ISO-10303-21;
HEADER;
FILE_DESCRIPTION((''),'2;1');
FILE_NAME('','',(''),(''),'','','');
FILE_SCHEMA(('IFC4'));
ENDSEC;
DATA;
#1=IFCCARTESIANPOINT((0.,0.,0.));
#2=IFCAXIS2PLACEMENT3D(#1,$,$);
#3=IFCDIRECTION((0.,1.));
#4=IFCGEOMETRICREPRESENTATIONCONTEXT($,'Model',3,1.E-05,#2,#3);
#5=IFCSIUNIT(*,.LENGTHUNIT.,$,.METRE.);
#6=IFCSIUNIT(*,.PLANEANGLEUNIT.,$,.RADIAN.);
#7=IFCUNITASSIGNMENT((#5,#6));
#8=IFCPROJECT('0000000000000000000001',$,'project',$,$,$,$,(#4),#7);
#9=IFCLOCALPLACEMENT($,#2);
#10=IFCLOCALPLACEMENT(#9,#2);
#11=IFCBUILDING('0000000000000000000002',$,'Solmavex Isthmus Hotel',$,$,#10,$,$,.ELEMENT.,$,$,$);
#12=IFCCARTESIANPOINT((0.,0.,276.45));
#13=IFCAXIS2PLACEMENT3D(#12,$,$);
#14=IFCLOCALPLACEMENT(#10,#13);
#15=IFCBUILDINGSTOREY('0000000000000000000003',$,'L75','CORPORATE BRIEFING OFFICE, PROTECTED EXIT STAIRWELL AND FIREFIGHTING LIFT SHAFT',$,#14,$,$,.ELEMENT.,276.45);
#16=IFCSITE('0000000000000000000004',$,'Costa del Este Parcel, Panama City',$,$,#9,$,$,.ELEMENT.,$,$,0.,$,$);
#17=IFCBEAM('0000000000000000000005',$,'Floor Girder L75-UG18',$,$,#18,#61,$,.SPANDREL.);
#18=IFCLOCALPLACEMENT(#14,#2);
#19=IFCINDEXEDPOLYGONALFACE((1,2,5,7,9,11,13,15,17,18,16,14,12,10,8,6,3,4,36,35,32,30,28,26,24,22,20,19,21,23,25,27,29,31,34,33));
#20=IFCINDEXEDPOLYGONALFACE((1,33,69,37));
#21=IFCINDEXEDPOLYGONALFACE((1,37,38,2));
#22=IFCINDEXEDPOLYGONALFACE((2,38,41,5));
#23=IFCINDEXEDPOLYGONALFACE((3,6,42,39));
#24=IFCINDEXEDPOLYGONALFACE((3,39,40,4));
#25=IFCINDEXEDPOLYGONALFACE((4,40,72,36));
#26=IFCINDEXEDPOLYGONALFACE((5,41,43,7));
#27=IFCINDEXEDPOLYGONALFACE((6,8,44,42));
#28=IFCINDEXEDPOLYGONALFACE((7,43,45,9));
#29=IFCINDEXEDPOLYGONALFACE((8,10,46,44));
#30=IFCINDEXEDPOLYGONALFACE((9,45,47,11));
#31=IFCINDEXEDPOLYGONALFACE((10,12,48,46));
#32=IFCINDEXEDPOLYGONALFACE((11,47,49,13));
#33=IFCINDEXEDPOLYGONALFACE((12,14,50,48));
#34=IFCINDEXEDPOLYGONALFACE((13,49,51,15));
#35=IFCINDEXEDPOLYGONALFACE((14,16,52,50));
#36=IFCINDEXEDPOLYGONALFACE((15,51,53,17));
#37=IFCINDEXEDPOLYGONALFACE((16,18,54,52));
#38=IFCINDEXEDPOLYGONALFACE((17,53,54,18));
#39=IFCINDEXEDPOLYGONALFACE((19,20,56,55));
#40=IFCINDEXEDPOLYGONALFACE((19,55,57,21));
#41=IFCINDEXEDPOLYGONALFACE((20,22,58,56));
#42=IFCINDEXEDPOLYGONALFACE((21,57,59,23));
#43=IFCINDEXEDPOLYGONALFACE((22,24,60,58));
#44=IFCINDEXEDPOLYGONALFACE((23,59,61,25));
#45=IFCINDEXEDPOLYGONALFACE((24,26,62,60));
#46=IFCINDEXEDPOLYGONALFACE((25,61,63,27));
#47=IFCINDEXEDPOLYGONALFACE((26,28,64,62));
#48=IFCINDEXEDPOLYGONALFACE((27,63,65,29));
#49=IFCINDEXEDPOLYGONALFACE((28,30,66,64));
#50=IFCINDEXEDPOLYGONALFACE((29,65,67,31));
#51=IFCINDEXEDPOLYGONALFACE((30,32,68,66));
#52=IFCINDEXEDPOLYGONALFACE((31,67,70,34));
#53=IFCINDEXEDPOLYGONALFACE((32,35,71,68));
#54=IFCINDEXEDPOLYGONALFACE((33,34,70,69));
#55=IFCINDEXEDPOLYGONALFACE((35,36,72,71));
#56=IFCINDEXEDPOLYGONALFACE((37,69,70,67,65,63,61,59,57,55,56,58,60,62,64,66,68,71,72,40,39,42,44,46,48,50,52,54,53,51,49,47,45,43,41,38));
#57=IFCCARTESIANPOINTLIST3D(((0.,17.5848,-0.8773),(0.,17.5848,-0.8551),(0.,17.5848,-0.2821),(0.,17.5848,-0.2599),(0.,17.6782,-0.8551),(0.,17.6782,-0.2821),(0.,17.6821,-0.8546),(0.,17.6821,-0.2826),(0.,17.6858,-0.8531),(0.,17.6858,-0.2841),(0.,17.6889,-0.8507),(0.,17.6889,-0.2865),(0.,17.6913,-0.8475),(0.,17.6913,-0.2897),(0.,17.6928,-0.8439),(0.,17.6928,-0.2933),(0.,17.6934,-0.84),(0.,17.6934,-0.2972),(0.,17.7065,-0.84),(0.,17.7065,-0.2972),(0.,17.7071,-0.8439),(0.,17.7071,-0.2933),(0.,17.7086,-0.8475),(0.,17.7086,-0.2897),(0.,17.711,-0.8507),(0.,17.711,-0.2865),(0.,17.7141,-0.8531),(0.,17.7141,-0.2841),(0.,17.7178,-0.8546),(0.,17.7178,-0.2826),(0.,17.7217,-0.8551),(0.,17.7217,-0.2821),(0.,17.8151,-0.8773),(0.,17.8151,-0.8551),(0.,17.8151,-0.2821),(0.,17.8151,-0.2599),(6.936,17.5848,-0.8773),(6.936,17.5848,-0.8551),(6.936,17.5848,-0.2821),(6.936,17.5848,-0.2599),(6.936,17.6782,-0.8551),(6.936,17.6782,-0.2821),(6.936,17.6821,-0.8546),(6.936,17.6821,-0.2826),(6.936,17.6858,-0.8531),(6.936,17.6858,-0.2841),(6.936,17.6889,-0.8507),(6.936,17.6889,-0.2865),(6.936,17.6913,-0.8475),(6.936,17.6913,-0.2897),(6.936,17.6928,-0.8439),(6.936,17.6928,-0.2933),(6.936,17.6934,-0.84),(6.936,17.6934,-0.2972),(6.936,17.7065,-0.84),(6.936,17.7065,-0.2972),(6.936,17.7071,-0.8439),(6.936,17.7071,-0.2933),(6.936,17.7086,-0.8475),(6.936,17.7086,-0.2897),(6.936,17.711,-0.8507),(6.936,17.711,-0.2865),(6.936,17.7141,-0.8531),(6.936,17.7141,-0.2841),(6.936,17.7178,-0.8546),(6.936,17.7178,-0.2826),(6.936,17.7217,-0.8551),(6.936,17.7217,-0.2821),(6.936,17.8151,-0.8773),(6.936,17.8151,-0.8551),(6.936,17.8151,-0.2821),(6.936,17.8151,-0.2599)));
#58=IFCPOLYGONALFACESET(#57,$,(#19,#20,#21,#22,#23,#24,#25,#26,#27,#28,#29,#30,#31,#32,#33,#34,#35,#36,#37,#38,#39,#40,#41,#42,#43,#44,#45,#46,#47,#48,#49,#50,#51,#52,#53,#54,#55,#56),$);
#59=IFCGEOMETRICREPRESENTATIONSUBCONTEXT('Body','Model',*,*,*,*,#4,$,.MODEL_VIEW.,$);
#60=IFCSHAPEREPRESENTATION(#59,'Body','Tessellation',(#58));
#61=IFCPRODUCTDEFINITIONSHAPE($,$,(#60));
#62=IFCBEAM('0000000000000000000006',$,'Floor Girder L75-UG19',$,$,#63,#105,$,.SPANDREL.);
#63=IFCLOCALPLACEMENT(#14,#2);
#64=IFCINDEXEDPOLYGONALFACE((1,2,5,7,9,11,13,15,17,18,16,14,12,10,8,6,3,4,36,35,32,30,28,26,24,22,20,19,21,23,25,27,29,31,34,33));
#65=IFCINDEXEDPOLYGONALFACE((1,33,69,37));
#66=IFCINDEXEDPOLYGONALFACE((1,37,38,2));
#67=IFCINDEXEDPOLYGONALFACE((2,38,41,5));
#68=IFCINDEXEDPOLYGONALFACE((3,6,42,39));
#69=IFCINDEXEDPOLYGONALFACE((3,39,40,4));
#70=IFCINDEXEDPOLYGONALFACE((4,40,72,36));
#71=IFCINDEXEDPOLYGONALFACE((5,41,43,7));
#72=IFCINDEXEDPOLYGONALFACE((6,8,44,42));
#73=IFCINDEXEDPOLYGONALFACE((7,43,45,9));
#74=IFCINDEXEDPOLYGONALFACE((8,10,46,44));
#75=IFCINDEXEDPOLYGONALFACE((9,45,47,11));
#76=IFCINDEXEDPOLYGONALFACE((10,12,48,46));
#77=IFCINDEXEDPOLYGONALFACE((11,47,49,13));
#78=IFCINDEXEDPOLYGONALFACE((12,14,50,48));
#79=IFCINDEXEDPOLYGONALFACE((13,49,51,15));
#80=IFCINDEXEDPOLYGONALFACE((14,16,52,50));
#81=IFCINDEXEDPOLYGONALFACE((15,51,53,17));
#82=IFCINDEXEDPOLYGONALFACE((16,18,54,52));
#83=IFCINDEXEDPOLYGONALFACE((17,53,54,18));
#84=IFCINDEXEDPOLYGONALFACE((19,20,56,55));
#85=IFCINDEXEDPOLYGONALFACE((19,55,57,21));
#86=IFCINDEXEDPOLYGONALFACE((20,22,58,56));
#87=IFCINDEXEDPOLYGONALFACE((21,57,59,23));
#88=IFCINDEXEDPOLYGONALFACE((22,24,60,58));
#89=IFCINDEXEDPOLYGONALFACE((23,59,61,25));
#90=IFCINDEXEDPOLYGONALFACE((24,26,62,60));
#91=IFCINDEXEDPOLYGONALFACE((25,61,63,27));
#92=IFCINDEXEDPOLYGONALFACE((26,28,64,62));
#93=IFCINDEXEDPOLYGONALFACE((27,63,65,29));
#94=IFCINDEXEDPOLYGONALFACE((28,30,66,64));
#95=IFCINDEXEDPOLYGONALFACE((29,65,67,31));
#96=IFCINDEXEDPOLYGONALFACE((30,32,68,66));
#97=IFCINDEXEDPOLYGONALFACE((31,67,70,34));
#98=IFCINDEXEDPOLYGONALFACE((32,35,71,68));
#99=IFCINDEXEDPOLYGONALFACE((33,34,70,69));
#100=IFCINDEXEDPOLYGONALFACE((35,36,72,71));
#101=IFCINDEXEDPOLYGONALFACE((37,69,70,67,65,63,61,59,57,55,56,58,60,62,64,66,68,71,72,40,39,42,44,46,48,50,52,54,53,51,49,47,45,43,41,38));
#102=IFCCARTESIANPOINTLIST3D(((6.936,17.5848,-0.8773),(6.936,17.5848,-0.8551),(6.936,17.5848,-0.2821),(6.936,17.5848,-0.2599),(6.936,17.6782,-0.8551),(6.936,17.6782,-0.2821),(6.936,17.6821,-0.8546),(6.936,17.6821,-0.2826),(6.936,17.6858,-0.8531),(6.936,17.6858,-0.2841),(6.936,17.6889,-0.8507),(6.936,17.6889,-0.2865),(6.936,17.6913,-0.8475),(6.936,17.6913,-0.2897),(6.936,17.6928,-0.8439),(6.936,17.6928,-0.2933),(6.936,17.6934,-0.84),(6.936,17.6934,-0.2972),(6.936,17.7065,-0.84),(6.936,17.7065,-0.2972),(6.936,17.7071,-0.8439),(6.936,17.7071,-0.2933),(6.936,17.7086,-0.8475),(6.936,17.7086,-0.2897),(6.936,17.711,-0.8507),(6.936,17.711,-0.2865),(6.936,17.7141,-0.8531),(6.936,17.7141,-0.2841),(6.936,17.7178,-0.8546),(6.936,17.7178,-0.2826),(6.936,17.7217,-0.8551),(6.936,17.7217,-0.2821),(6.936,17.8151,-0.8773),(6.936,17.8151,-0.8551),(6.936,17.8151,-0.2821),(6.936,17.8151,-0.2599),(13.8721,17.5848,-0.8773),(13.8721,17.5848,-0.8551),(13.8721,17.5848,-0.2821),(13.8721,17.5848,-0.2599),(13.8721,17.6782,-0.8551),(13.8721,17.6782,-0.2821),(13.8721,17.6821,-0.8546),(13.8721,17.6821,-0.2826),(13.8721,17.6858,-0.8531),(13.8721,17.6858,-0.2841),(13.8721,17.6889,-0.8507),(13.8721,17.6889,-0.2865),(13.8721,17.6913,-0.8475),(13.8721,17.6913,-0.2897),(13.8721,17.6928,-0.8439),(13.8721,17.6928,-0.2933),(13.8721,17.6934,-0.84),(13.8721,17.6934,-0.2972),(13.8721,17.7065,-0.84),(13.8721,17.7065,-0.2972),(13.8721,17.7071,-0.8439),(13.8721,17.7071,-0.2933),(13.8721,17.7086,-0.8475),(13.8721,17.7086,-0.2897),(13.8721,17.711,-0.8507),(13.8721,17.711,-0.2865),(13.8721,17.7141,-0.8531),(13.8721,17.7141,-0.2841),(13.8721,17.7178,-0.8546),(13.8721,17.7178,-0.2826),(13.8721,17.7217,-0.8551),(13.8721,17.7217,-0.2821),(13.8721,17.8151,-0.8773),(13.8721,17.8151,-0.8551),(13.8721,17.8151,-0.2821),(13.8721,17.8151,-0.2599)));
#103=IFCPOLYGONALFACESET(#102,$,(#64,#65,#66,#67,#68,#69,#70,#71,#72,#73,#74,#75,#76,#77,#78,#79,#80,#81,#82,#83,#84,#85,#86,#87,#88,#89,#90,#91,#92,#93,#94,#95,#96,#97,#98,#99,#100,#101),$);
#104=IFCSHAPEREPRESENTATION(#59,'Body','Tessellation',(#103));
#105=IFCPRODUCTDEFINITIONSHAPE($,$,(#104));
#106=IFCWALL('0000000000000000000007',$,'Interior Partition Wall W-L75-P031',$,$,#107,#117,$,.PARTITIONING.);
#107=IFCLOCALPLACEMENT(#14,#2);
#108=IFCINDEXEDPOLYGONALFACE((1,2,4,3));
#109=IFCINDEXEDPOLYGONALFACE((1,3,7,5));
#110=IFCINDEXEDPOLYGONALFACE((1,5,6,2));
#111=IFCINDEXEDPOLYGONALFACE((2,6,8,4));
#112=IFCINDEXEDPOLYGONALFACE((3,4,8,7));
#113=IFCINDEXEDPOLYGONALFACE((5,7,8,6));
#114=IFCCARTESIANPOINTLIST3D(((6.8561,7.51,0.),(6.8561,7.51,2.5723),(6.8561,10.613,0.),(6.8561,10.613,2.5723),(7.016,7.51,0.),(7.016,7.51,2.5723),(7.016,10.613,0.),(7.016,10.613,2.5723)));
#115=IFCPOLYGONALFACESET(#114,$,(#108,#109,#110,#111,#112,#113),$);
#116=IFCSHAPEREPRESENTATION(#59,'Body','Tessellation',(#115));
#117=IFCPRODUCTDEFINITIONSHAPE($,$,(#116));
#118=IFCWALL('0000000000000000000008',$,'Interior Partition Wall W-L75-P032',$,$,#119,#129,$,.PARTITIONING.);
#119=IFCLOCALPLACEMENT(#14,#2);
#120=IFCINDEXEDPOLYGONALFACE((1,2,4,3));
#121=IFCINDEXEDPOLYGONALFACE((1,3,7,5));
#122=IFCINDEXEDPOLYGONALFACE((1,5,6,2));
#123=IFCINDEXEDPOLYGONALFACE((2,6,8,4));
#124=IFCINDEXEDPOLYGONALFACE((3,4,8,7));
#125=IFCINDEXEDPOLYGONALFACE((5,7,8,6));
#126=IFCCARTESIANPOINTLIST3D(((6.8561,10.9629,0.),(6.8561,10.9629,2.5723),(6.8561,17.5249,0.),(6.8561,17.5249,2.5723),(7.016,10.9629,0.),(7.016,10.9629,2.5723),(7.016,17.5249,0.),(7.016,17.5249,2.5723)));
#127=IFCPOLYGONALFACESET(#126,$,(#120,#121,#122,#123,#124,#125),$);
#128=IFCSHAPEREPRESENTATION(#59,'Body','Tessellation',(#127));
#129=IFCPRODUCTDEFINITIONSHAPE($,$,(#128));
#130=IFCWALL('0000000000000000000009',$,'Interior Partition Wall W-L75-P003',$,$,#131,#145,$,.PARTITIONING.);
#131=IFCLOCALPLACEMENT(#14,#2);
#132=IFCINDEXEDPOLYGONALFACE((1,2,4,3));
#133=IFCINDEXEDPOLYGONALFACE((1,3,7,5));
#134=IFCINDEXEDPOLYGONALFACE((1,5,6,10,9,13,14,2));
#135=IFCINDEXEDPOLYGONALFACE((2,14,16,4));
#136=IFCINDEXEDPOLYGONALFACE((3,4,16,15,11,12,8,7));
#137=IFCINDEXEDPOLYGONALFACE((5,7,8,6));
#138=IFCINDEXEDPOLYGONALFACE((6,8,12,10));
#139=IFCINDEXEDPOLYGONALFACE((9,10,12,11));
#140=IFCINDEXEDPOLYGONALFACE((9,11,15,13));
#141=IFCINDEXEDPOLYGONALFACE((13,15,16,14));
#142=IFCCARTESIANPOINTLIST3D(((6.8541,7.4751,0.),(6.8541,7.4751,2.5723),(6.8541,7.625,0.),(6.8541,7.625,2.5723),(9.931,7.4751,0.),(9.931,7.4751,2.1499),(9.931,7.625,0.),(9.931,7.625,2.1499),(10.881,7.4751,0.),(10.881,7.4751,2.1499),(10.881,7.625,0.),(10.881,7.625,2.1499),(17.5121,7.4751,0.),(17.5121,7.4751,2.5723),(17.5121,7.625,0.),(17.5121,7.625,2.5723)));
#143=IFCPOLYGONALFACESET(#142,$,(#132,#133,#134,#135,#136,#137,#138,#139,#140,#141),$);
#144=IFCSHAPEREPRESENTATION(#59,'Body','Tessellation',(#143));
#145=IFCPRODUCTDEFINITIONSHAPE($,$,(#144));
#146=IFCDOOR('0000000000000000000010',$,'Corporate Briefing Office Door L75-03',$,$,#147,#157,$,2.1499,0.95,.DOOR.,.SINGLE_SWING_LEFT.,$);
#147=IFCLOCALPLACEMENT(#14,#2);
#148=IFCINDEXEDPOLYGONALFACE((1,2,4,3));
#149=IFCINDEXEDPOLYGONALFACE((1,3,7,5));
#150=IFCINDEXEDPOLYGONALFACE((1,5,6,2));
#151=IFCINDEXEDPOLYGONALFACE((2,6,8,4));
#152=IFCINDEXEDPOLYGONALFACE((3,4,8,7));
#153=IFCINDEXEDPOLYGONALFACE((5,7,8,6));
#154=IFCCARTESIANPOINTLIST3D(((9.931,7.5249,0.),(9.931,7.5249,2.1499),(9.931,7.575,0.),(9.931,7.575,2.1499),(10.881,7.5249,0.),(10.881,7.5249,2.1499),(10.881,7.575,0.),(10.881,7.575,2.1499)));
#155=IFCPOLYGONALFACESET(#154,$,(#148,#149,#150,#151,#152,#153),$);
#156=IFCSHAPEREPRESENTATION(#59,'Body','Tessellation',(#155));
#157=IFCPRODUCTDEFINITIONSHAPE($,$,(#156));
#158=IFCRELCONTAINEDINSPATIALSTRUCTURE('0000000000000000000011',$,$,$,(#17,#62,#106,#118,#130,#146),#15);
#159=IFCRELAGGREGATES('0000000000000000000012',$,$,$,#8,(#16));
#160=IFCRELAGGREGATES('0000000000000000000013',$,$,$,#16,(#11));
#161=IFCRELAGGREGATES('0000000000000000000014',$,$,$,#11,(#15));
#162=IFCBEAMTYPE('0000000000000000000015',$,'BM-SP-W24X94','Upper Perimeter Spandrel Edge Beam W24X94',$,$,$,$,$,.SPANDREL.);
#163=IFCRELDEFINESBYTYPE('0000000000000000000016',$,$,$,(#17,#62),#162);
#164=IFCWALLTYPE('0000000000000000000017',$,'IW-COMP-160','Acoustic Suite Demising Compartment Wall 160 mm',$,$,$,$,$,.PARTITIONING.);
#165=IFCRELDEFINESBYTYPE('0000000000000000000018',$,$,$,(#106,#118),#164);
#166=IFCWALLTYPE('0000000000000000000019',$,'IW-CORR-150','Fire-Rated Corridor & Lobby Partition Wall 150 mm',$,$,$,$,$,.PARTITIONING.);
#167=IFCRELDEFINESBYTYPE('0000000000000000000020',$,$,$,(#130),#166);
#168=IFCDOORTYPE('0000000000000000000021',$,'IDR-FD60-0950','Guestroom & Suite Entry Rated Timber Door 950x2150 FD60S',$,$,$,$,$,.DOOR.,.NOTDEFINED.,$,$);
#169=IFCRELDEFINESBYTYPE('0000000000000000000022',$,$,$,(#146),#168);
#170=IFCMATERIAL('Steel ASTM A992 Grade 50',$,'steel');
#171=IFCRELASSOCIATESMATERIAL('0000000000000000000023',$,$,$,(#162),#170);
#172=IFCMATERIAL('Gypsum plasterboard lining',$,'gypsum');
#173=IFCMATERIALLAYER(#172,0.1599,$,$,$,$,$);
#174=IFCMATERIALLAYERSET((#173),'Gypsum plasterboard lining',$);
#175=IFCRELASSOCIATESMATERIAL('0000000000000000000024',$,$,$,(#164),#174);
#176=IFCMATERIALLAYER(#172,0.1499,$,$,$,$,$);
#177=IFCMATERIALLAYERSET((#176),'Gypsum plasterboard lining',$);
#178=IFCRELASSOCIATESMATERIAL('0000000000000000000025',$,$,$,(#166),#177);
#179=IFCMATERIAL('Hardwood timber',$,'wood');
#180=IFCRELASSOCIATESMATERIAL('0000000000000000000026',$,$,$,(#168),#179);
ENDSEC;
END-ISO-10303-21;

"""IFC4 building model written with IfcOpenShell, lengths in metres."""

from ifc_helpers import new_model, si_unit, direction, frame, frame_2d, origin, origin_2d, place, context, subcontext, project, spatial, rectangle, i_section, extrude, material, layer, layer_set, material_profile, profile_set, type_object, element, fill, save


model = new_model("IFC4")

# Units and contexts
model_context = context("Model", 3, precision=1e-05, world=origin(), true_north=direction((0.0, 1.0)))
body_context = subcontext(model_context, "Body", "Model", "MODEL_VIEW")
ifc_project = project(units=[si_unit("LENGTHUNIT", "METRE"), si_unit("PLANEANGLEUNIT", "RADIAN")], contexts=[model_context])

# Site, building, storey
site_placement = place(None, origin())
site = spatial("IfcSite", under=ifc_project, at=site_placement, Name="Costa del Este Parcel, Panama City", CompositionType="ELEMENT", RefElevation=0.0)
building_placement = place(site_placement, origin())
building = spatial("IfcBuilding", under=site, at=building_placement, Name="Solmavex Isthmus Hotel", CompositionType="ELEMENT")
storey_placement = place(building_placement, frame((0.0, 0.0, 276.45)))
storey = spatial("IfcBuildingStorey", under=building, at=storey_placement, Name="L75", Description="CORPORATE BRIEFING OFFICE, PROTECTED EXIT STAIRWELL AND FIREFIGHTING LIFT SHAFT", CompositionType="ELEMENT", Elevation=276.45)

# Beams
ifc_material_1 = material(Name="Steel ASTM A992 Grade 50", Category="steel")
ifc_material_profile_1 = material_profile(ifc_material_1, i_section(OverallWidth=0.2302, OverallDepth=0.6174, WebThickness=0.0132, FlangeThickness=0.0222, FilletRadius=0.0151, at=origin_2d()), Name="W24X94")
ifc_profile_set_1 = profile_set([ifc_material_profile_1], Name="Steel ASTM A992 Grade 50")
beam_type_1 = type_object("IfcBeamType", Name="BM-SP-W24X94", Description="Upper Perimeter Spandrel Edge Beam W24X94", PredefinedType="SPANDREL", material=ifc_profile_set_1)
for number, where, z_axis, x_axis, name in (
    (1, (0.0, 17.7, -0.5686), (1.0, 0.0, 0.0), (0.0, 1.0, 0.0), "Floor Girder L75-UG18"),
    (2, (6.936, 17.7, -0.5686), (1.0, 0.0, 0.0), (0.0, 1.0, 0.0), "Floor Girder L75-UG19"),
):
    element("IfcBeam", number, at=place(storey_placement, frame(where, z_axis=z_axis, x_axis=x_axis)), inside=storey, type_object=beam_type_1, Name=name, PredefinedType="SPANDREL", context=body_context, shape_type="SweptSolid", body=[
        extrude(i_section(OverallWidth=0.2302, OverallDepth=0.6174, WebThickness=0.0132, FlangeThickness=0.0222, FilletRadius=0.0151, at=origin_2d()), origin(), (0.0, 0.0, 1.0), 6.936),
    ])

# Walls
ifc_material_2 = material(Name="Gypsum plasterboard lining", Category="gypsum")
ifc_layer_1 = layer(ifc_material_2, 0.1599)
ifc_layer_set_1 = layer_set([ifc_layer_1], Name="Gypsum plasterboard lining")
wall_type_1 = type_object("IfcWallType", Name="IW-COMP-160", Description="Acoustic Suite Demising Compartment Wall 160 mm", PredefinedType="PARTITIONING", material=ifc_layer_set_1)
wall_1_placement = place(storey_placement, frame((6.936, 10.613, 0.0), z_axis=(0.0, 0.0, 1.0), x_axis=(0.0, -1.0, 0.0)))
element("IfcWall", 3, at=wall_1_placement, inside=storey, type_object=wall_type_1, Name="Interior Partition Wall W-L75-P031", PredefinedType="PARTITIONING", context=body_context, shape_type="SweptSolid", body=[
    extrude(rectangle(XDim=3.103, YDim=0.1599, at=frame_2d((1.5515, 0.0))), origin(), (0.0, 0.0, 1.0), 2.5723),
])
wall_2_placement = place(storey_placement, frame((6.936, 17.5249, 0.0), z_axis=(0.0, 0.0, 1.0), x_axis=(0.0, -1.0, 0.0)))
element("IfcWall", 4, at=wall_2_placement, inside=storey, type_object=wall_type_1, Name="Interior Partition Wall W-L75-P032", PredefinedType="PARTITIONING", context=body_context, shape_type="SweptSolid", body=[
    extrude(rectangle(XDim=6.562, YDim=0.1599, at=frame_2d((3.281, 0.0))), origin(), (0.0, 0.0, 1.0), 2.5723),
])

# Wall, opening, door
ifc_layer_2 = layer(ifc_material_2, 0.1499)
ifc_layer_set_2 = layer_set([ifc_layer_2], Name="Gypsum plasterboard lining")
wall_type_2 = type_object("IfcWallType", Name="IW-CORR-150", Description="Fire-Rated Corridor & Lobby Partition Wall 150 mm", PredefinedType="PARTITIONING", material=ifc_layer_set_2)
wall_3_placement = place(storey_placement, frame((6.854, 7.55, 0.0), z_axis=(0.0, 0.0, 1.0), x_axis=(1.0, 0.0, 0.0)))
wall_3 = element("IfcWall", 5, at=wall_3_placement, inside=storey, type_object=wall_type_2, Name="Interior Partition Wall W-L75-P003", PredefinedType="PARTITIONING", context=body_context, shape_type="SweptSolid", body=[
    extrude(rectangle(XDim=10.658, YDim=0.1499, at=frame_2d((5.3291, 0.0))), origin(), (0.0, 0.0, 1.0), 2.5723),
])
opening_placement = place(wall_3_placement, frame((3.0769, 0.0, 0.0)))
opening = element("IfcOpeningElement", 6, at=opening_placement, cuts=wall_3, PredefinedType="OPENING", context=body_context, shape_type="SweptSolid", body=[
    extrude(rectangle(XDim=0.95, YDim=2.1499, at=frame_2d((0.4751, 1.075))), frame((0.0, 0.085, 0.0), z_axis=(0.0, -1.0, 0.0), x_axis=(1.0, 0.0, 0.0)), (0.0, 0.0, 1.0), 0.1699),
])
ifc_material_3 = material(Name="Hardwood timber", Category="wood")
door_type = type_object("IfcDoorType", Name="IDR-FD60-0950", Description="Guestroom & Suite Entry Rated Timber Door 950x2150 FD60S", OperationType="NOTDEFINED", PredefinedType="DOOR", material=ifc_material_3)
door_placement = place(opening_placement, origin())
door = element("IfcDoor", 7, at=door_placement, inside=storey, type_object=door_type, Name="Corporate Briefing Office Door L75-03", OperationType="SINGLE_SWING_LEFT", OverallHeight=2.1499, OverallWidth=0.95, PredefinedType="DOOR", context=body_context, shape_type="SweptSolid", body=[
    extrude(rectangle(XDim=0.95, YDim=2.1499, at=frame_2d((0.4751, 1.075))), frame((0.0, 0.0249, 0.0), z_axis=(0.0, -1.0, 0.0), x_axis=(1.0, 0.0, 0.0)), (0.0, 0.0, 1.0), 0.05),
])
fill(opening, door)

save(model, "model.ifc")
